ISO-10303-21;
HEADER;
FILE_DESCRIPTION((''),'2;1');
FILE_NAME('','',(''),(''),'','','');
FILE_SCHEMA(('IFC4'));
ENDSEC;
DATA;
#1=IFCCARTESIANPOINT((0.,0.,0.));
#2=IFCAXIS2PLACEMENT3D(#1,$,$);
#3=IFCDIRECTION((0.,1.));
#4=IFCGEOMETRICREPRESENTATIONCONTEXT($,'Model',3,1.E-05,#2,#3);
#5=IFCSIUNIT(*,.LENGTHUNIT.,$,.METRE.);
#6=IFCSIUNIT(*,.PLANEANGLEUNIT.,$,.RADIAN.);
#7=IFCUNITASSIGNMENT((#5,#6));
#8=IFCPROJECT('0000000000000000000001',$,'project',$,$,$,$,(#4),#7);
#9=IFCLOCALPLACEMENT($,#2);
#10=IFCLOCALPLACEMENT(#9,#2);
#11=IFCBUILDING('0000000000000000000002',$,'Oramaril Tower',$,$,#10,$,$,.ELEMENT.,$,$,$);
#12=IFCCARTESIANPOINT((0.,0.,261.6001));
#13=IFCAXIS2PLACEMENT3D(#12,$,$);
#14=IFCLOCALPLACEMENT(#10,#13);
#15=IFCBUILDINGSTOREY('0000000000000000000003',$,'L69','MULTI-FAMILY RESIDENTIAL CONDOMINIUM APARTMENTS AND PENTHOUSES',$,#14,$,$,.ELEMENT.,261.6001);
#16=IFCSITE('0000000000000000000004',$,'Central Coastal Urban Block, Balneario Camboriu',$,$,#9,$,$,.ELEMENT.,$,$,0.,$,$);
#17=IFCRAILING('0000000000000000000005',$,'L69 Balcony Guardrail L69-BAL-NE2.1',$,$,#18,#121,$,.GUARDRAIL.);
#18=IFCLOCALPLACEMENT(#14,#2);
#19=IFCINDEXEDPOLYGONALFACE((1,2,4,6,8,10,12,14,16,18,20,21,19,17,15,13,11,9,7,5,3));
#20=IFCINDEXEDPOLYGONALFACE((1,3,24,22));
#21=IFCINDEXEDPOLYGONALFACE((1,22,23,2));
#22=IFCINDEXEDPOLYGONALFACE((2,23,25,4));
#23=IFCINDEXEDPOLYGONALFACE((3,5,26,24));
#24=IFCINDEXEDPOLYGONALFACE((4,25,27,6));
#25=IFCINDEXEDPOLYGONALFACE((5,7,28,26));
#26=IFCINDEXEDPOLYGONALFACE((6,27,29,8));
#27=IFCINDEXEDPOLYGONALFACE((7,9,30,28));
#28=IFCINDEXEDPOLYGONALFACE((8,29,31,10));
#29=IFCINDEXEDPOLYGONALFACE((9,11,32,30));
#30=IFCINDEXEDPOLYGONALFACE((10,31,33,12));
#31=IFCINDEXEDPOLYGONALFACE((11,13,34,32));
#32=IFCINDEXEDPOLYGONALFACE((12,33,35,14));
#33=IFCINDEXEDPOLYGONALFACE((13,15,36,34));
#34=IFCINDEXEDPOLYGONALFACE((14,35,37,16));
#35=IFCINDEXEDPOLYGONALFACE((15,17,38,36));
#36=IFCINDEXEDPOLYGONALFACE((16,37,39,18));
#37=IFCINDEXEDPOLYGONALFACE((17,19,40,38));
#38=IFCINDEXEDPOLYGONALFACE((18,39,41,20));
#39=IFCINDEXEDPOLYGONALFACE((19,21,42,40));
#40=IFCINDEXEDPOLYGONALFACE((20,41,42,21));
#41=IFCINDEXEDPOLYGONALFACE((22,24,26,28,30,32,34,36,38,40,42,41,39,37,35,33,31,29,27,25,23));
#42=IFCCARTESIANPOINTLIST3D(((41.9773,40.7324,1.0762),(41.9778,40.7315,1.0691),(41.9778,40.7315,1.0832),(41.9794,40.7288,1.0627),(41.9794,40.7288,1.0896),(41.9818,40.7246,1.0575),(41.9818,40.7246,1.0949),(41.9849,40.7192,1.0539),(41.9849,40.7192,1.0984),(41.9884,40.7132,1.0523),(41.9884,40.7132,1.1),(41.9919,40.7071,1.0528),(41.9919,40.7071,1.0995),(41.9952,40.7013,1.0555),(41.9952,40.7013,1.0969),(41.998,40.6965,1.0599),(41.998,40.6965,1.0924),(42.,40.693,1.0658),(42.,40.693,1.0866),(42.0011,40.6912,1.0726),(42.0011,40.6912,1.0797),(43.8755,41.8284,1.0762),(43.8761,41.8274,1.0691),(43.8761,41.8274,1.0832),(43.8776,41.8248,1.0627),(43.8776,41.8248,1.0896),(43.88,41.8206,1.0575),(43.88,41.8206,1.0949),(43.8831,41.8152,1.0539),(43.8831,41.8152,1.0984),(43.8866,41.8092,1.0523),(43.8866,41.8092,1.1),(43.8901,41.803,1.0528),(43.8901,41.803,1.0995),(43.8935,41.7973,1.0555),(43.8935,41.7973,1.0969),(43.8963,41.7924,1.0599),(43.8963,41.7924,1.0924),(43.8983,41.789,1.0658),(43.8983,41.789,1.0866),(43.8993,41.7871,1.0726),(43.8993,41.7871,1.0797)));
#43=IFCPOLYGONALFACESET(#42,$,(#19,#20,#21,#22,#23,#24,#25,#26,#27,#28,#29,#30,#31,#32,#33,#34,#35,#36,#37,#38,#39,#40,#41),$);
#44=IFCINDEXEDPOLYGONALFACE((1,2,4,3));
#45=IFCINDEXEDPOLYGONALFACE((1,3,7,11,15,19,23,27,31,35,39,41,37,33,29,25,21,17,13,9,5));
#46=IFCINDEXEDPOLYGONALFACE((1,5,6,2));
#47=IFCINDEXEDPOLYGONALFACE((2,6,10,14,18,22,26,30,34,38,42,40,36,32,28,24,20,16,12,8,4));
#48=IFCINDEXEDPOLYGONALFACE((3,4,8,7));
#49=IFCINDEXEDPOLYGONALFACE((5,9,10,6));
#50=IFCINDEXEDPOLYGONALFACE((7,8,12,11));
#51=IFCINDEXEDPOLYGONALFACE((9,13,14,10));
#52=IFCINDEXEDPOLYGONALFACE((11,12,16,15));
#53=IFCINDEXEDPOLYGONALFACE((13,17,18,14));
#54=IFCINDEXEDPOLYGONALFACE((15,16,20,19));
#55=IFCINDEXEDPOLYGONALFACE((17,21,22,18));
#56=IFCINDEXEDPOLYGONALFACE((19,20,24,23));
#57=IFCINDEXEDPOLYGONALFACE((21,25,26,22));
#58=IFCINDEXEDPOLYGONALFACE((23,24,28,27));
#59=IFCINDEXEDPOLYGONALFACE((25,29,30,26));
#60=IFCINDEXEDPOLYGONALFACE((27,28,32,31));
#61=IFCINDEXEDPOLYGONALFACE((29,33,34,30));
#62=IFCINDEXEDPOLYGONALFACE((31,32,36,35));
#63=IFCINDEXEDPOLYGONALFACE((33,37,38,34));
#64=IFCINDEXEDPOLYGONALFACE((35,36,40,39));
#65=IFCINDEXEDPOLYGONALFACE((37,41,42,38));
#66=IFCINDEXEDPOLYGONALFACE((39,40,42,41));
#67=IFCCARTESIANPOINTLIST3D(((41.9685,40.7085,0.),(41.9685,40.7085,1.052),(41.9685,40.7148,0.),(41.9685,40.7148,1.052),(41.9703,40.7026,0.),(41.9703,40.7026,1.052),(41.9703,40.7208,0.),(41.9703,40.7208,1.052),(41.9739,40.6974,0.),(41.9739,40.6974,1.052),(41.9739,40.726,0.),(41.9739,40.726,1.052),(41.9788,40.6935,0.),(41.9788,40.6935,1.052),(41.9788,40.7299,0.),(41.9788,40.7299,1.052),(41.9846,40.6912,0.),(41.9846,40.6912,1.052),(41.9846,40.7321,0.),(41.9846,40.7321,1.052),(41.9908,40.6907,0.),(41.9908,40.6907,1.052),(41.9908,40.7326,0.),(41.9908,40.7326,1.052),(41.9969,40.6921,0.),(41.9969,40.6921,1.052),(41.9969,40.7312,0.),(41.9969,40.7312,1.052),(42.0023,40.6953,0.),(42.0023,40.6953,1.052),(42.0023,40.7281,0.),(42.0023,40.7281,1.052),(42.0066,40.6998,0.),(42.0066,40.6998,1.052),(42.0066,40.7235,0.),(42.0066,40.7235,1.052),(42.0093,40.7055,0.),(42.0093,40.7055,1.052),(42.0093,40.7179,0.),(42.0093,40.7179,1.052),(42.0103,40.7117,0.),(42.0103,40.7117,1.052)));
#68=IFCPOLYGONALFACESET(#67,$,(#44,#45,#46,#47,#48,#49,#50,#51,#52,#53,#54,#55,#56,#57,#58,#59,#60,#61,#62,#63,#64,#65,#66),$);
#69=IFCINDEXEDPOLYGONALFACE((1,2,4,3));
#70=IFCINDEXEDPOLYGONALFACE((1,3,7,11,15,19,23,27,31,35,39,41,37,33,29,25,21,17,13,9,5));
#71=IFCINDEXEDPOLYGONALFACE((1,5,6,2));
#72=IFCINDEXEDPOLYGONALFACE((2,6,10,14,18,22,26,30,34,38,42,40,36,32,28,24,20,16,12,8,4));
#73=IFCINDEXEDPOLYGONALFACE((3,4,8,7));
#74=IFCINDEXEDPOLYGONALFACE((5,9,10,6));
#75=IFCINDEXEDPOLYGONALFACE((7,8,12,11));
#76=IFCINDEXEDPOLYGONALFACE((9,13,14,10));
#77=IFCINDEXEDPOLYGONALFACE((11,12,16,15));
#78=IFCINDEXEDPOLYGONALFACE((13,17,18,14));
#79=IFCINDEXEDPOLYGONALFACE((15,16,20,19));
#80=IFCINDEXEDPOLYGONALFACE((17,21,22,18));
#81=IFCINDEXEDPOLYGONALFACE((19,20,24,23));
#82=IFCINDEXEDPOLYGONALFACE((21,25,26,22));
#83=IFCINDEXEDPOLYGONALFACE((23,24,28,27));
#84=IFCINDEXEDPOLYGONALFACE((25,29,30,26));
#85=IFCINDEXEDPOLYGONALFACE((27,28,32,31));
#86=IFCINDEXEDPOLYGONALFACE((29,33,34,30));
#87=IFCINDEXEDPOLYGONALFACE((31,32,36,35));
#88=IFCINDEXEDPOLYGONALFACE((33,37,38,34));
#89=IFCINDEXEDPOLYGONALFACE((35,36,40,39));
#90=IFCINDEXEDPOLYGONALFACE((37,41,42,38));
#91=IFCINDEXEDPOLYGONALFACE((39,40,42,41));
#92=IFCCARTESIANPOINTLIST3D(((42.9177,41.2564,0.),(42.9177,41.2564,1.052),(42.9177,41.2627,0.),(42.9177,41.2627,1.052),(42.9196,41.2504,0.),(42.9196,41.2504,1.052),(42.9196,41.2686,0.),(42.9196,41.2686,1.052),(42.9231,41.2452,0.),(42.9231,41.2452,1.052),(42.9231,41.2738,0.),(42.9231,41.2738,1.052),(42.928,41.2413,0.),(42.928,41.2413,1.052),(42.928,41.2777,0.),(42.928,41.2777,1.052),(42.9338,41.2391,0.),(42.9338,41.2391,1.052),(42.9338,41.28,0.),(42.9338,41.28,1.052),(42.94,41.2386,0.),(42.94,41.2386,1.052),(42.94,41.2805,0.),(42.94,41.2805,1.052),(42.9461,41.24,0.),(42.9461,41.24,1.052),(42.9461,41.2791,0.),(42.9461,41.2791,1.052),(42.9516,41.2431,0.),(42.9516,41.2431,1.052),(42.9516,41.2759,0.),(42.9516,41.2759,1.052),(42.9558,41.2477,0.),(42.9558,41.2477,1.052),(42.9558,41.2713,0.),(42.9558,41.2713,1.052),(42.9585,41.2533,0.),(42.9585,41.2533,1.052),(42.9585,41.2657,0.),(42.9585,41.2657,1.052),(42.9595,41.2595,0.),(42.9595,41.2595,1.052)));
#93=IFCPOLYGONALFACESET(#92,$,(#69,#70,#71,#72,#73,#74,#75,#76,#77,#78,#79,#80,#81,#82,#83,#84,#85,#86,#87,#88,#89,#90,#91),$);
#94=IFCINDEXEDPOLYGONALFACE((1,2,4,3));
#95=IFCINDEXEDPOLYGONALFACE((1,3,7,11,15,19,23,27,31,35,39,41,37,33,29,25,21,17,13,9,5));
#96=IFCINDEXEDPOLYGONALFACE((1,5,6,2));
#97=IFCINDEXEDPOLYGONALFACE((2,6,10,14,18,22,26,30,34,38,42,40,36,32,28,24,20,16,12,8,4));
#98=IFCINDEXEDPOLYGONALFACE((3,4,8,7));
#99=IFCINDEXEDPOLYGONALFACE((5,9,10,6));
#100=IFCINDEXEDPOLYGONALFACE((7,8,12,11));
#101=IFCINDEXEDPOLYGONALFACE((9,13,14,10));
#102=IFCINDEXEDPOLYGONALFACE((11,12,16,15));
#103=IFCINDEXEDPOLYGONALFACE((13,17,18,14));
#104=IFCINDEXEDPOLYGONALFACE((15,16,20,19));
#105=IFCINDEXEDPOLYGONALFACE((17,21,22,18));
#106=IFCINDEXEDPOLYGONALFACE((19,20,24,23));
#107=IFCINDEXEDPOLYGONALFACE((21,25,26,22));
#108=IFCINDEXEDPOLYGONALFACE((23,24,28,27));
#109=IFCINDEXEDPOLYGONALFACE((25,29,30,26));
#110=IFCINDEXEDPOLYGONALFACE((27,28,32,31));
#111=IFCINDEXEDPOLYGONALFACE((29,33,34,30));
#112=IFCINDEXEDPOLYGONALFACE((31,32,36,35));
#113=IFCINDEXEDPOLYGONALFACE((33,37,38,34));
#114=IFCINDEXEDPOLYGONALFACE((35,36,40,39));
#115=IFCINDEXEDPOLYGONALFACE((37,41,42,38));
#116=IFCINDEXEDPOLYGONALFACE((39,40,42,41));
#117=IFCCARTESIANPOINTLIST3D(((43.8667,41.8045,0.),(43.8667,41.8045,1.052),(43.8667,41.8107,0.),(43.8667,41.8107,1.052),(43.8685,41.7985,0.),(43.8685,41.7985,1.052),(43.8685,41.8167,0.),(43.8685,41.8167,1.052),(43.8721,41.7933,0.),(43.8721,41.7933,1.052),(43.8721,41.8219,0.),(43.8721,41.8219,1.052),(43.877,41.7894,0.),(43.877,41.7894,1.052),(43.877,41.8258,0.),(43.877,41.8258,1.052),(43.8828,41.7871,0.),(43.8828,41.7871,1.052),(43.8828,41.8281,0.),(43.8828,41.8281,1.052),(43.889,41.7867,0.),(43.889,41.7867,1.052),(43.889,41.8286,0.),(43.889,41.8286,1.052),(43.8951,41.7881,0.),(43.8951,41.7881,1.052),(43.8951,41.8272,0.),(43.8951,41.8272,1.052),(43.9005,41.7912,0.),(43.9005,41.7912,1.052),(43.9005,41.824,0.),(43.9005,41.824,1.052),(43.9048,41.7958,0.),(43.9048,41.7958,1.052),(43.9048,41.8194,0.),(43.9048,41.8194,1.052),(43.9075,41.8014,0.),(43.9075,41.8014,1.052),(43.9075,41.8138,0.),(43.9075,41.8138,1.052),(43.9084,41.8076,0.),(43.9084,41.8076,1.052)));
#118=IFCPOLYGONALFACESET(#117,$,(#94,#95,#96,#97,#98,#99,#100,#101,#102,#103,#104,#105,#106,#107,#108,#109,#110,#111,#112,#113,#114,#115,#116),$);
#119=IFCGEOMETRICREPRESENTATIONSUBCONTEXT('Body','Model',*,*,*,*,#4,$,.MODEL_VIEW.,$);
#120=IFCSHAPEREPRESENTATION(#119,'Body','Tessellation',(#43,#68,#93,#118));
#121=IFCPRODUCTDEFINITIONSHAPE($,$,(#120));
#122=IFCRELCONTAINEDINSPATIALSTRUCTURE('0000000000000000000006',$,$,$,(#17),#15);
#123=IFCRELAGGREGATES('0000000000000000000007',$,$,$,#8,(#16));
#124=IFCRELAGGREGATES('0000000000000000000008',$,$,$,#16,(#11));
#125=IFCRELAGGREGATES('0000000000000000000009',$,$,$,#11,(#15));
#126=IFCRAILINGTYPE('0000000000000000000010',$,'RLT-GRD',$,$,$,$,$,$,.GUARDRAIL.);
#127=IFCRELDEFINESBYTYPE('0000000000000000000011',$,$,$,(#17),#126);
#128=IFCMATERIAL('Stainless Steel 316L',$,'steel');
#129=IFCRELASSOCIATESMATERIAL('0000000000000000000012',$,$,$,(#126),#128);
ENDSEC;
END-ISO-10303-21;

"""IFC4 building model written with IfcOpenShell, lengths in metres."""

from ifc_helpers import new_model, si_unit, direction, frame, origin, origin_2d, place, context, subcontext, project, spatial, circle, extrude, material, type_object, element, save


model = new_model("IFC4")

# Units and contexts
model_context = context("Model", 3, precision=1e-05, world=origin(), true_north=direction((0.0, 1.0)))
body_context = subcontext(model_context, "Body", "Model", "MODEL_VIEW")
ifc_project = project(units=[si_unit("LENGTHUNIT", "METRE"), si_unit("PLANEANGLEUNIT", "RADIAN")], contexts=[model_context])

# Site, building, storey
site_placement = place(None, origin())
site = spatial("IfcSite", under=ifc_project, at=site_placement, Name="Central Coastal Urban Block, Balneario Camboriu", CompositionType="ELEMENT", RefElevation=0.0)
building_placement = place(site_placement, origin())
building = spatial("IfcBuilding", under=site, at=building_placement, Name="Oramaril Tower", CompositionType="ELEMENT")
storey_placement = place(building_placement, frame((0.0, 0.0, 261.6001)))
storey = spatial("IfcBuildingStorey", under=building, at=storey_placement, Name="L69", Description="MULTI-FAMILY RESIDENTIAL CONDOMINIUM APARTMENTS AND PENTHOUSES", CompositionType="ELEMENT", Elevation=261.6001)

# Railing
ifc_material_1 = material(Name="Stainless Steel 316L", Category="steel")
railing_type = type_object("IfcRailingType", Name="RLT-GRD", PredefinedType="GUARDRAIL", material=ifc_material_1)
railing_1_placement = place(storey_placement, frame((41.9893, 40.7117, 0.0)))
element("IfcRailing", 1, at=railing_1_placement, inside=storey, type_object=railing_type, Name="L69 Balcony Guardrail L69-BAL-NE2.1", PredefinedType="GUARDRAIL", context=body_context, shape_type="SweptSolid", body=[
    extrude(circle(Radius=0.0239, at=origin_2d()), frame((0.0, 0.0, 1.0762), z_axis=(0.866021, 0.500008, 0.0), x_axis=(-0.500008, 0.866021, 0.0)), (0.0, 0.0, 1.0), 2.1919),
    extrude(circle(Radius=0.021, at=origin_2d()), origin(), (0.0, 0.0, 1.0), 1.052),
    extrude(circle(Radius=0.021, at=origin_2d()), frame((0.9492, 0.5479, 0.0)), (0.0, 0.0, 1.0), 1.052),
    extrude(circle(Radius=0.021, at=origin_2d()), frame((1.8982, 1.0959, 0.0)), (0.0, 0.0, 1.0), 1.052),
])

save(model, "model.ifc")
